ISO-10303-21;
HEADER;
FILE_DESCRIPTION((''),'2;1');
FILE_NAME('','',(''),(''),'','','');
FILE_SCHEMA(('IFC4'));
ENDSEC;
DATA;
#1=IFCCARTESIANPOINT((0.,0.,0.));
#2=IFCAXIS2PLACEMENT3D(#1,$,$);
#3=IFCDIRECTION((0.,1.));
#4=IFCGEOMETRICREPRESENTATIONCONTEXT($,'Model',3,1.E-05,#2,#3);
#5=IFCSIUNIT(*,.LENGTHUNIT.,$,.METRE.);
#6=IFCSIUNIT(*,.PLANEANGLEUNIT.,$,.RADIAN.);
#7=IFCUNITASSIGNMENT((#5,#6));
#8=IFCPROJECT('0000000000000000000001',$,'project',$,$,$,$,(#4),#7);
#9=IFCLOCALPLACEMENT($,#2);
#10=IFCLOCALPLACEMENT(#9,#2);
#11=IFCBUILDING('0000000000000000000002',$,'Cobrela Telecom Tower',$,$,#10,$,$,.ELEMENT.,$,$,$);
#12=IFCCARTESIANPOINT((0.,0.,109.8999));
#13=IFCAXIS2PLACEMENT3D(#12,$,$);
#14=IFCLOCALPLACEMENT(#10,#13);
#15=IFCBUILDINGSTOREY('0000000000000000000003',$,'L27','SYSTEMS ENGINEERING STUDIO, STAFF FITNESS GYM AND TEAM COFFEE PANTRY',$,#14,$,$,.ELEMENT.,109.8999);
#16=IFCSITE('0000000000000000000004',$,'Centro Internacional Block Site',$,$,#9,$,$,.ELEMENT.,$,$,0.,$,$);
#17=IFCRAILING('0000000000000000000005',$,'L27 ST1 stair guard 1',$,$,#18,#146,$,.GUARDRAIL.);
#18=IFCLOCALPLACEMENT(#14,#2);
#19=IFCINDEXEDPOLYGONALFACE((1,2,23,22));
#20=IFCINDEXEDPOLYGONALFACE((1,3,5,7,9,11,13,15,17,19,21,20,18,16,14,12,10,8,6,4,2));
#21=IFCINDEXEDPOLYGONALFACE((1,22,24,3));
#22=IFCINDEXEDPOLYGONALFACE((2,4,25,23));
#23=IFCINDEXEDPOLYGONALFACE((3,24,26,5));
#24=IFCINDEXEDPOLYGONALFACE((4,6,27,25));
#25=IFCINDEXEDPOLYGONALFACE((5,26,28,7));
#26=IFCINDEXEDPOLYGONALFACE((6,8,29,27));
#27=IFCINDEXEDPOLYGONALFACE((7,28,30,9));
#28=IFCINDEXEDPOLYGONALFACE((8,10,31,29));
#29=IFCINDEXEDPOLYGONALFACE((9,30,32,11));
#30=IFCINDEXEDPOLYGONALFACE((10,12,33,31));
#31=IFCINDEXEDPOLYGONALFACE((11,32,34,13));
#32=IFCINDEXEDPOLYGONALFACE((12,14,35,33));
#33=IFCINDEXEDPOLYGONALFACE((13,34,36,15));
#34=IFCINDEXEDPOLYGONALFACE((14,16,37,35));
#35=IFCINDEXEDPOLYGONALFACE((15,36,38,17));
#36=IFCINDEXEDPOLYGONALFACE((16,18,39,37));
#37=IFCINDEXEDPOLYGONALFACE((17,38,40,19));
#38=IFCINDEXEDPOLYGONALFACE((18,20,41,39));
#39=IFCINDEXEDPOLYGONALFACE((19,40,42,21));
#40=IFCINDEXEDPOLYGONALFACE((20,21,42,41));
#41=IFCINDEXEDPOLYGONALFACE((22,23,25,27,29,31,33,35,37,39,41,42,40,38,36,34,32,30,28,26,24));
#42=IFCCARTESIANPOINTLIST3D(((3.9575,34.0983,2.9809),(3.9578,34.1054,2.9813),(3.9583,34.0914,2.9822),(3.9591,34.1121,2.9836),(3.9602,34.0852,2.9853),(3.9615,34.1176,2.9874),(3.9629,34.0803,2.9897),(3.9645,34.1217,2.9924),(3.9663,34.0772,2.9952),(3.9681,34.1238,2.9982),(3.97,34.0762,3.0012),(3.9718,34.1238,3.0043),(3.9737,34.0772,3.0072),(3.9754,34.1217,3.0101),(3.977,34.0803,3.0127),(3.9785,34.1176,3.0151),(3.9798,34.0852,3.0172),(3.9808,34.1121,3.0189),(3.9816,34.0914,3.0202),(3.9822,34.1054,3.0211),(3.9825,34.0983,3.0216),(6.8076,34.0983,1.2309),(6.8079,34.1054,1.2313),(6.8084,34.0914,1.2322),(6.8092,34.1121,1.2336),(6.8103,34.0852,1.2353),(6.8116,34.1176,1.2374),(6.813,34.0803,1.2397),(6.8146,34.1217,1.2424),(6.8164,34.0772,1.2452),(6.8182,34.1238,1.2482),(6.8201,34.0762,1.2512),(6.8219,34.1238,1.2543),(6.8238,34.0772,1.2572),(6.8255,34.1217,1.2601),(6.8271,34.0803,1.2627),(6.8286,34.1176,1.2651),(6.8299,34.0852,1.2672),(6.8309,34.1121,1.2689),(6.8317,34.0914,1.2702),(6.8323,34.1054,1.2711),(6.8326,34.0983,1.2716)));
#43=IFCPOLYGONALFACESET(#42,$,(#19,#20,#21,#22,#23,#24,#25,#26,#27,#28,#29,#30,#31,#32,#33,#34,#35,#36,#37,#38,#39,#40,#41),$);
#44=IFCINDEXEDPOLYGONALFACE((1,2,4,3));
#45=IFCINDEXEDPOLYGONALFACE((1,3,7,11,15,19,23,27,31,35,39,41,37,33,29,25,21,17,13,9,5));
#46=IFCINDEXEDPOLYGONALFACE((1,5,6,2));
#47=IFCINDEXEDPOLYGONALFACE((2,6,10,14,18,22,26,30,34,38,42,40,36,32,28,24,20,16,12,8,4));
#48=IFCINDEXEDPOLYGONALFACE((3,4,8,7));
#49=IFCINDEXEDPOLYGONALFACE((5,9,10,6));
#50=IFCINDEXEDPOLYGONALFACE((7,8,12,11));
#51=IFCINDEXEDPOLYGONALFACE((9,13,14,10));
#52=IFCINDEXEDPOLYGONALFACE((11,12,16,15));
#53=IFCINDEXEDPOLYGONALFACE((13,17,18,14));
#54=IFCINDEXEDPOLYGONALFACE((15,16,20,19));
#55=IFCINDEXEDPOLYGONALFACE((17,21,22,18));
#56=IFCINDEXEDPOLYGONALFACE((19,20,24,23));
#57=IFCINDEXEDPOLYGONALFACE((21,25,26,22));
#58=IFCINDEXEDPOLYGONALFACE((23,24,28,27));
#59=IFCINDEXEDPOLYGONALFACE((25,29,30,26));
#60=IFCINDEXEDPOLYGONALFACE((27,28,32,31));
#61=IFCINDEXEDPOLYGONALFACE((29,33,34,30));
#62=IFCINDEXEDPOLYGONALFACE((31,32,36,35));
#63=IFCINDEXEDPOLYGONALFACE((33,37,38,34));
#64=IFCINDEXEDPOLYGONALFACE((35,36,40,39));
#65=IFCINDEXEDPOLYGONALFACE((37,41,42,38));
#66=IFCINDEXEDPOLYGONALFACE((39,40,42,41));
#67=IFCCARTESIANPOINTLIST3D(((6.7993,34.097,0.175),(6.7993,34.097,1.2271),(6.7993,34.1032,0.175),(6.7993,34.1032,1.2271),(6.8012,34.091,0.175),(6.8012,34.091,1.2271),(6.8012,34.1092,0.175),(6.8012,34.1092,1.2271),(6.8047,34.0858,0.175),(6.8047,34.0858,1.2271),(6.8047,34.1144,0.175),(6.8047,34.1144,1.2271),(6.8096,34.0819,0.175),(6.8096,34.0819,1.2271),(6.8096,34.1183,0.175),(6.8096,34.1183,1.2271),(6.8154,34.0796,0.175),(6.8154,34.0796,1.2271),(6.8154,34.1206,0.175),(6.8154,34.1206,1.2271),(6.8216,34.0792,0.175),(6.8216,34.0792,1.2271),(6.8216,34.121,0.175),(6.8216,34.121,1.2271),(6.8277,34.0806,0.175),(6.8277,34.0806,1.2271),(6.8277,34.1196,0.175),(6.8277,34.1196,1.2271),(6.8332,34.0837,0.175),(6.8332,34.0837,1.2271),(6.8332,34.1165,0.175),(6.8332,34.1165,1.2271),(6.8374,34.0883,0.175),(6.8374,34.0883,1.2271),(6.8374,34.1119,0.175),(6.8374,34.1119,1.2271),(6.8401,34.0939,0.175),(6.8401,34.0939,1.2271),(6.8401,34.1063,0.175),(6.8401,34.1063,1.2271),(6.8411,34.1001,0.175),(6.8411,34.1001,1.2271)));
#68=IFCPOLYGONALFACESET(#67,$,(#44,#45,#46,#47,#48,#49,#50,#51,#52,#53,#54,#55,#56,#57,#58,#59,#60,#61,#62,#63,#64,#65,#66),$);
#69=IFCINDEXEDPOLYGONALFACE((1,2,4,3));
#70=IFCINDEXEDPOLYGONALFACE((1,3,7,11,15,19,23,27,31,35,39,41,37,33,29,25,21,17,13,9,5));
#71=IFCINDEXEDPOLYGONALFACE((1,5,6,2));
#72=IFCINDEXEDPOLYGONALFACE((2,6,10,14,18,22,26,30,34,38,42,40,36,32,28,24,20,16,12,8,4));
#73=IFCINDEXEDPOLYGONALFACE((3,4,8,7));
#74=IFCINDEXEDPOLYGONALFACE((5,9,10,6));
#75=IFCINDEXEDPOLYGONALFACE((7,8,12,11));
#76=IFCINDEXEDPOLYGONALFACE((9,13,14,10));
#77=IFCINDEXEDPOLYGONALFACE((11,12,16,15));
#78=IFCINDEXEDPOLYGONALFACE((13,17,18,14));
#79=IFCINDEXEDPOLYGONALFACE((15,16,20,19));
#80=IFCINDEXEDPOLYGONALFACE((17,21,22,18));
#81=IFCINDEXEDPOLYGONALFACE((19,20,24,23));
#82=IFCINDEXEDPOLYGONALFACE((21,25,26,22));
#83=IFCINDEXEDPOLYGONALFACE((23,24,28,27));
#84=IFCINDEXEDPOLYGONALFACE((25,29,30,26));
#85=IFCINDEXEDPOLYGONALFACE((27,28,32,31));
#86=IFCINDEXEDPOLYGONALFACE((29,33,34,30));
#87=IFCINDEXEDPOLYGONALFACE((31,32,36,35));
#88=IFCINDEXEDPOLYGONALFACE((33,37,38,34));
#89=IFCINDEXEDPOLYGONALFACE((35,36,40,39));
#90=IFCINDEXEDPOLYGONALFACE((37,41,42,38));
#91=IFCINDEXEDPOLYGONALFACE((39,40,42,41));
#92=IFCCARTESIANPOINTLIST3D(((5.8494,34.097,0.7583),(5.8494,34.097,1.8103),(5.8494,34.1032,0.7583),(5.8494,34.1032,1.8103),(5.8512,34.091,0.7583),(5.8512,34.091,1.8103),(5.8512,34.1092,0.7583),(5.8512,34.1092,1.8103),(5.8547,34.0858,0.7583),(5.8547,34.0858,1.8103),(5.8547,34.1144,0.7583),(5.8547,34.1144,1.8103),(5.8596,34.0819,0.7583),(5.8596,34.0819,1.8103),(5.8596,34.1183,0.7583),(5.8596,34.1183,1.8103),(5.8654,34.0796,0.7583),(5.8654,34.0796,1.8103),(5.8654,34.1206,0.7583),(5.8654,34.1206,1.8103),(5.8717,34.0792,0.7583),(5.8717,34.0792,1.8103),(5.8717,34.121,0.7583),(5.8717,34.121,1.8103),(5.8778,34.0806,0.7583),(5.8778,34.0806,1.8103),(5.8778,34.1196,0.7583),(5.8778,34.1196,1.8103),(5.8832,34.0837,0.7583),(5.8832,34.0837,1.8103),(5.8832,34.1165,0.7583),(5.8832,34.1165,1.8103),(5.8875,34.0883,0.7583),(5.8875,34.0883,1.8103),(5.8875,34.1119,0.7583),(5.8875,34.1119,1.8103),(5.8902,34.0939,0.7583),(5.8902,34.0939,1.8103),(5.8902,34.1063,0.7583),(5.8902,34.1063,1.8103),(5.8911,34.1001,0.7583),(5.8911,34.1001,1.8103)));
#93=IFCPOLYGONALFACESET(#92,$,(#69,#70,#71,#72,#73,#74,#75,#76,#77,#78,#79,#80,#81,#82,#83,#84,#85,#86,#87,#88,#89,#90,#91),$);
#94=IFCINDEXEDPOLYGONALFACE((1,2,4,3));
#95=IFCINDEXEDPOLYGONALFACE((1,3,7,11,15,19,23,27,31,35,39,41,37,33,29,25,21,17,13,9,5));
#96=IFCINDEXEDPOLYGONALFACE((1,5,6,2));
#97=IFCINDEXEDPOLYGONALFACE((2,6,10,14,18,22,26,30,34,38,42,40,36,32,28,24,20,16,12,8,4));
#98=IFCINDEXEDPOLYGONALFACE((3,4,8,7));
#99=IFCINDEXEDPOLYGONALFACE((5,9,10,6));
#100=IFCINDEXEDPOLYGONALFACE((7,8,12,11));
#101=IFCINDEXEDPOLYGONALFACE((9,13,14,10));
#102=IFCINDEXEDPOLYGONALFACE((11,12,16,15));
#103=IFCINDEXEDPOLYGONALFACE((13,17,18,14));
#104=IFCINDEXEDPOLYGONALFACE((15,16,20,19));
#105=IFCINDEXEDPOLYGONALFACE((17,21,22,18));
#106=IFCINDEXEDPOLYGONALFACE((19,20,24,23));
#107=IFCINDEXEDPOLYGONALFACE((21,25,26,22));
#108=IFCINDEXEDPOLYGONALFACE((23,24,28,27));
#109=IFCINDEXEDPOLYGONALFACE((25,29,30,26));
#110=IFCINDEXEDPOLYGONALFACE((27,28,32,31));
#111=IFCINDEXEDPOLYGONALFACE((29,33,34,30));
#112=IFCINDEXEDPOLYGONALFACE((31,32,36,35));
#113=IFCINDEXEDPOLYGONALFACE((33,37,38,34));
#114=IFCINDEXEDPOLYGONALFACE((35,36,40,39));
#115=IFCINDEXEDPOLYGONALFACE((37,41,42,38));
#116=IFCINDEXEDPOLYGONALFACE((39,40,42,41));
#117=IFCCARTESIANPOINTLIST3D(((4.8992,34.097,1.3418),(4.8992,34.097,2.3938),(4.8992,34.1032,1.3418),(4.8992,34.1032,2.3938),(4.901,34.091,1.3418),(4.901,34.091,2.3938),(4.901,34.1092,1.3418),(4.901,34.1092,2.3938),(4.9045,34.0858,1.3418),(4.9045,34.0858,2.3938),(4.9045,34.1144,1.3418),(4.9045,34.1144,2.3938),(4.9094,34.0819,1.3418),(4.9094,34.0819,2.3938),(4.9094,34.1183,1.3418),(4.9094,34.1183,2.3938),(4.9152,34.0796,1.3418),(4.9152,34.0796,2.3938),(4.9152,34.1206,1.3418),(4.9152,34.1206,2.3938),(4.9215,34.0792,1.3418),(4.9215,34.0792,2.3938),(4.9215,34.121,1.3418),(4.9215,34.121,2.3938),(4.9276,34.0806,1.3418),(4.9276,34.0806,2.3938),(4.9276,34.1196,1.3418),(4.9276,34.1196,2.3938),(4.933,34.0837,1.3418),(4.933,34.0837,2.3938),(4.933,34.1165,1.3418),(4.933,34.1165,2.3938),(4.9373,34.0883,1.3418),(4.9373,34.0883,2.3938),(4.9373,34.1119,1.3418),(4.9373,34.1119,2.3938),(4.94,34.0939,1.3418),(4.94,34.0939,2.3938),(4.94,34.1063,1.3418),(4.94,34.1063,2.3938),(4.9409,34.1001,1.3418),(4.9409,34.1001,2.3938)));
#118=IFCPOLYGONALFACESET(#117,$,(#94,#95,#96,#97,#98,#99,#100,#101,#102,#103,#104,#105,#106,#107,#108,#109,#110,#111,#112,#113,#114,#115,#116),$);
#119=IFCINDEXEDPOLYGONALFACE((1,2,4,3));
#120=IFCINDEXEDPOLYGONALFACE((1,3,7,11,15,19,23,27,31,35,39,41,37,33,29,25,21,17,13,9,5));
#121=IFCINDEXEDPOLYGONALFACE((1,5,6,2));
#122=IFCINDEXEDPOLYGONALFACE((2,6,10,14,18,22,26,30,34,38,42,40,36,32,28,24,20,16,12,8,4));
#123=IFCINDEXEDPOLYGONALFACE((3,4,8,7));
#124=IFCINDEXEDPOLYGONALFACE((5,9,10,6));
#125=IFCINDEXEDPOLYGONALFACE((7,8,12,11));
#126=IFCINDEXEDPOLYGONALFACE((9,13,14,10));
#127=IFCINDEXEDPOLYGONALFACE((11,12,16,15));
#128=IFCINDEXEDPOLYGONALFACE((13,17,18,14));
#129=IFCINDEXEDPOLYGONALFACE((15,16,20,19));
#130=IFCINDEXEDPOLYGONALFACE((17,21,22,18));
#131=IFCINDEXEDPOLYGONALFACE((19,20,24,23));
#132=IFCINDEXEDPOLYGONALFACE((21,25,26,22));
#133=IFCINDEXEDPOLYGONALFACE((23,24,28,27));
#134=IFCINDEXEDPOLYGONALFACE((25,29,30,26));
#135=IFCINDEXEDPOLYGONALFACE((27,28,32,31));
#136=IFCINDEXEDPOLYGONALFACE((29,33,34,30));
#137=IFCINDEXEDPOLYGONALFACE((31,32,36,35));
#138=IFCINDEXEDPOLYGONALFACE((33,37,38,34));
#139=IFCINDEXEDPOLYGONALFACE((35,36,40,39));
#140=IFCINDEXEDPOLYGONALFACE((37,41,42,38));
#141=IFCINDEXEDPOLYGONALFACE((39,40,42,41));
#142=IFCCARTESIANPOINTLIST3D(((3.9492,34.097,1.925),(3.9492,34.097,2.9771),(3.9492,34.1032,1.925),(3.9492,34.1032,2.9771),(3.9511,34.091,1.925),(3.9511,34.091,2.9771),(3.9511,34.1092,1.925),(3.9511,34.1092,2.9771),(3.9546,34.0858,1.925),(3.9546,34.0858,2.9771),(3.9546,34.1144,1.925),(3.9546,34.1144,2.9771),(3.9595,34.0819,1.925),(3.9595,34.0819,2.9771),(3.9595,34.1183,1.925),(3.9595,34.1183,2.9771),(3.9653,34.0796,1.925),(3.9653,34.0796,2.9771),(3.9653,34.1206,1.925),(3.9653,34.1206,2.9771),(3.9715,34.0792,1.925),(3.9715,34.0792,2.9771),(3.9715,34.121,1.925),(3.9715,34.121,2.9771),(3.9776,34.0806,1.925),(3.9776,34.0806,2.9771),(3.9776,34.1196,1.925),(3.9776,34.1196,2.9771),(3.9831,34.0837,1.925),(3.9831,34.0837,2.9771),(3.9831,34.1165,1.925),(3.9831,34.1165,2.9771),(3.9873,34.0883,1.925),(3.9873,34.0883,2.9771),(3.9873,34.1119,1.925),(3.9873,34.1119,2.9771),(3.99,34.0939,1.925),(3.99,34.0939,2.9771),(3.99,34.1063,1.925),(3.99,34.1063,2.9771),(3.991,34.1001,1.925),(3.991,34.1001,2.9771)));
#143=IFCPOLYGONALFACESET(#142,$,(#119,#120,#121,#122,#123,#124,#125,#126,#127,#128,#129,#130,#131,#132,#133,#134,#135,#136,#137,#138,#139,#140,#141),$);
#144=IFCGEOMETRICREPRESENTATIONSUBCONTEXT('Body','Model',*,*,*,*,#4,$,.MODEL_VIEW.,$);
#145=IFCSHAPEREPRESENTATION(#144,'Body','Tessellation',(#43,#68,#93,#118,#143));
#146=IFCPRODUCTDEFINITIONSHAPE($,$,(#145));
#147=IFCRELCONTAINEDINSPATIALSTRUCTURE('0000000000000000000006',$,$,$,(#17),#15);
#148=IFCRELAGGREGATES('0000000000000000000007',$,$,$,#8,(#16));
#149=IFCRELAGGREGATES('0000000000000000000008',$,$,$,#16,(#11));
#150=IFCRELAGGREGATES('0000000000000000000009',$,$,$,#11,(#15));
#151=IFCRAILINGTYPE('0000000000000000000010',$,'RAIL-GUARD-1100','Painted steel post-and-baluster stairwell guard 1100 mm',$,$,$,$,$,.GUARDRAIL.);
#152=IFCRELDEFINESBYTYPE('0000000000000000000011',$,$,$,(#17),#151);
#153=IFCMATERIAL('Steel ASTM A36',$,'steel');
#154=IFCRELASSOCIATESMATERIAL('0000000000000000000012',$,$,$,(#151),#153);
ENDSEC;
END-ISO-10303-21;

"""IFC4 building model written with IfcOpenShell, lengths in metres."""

from ifc_helpers import new_model, si_unit, direction, frame, origin, origin_2d, place, context, subcontext, project, spatial, circle, extrude, material, type_object, element, save


model = new_model("IFC4")

# Units and contexts
model_context = context("Model", 3, precision=1e-05, world=origin(), true_north=direction((0.0, 1.0)))
body_context = subcontext(model_context, "Body", "Model", "MODEL_VIEW")
ifc_project = project(units=[si_unit("LENGTHUNIT", "METRE"), si_unit("PLANEANGLEUNIT", "RADIAN")], contexts=[model_context])

# Site, building, storey
site_placement = place(None, origin())
site = spatial("IfcSite", under=ifc_project, at=site_placement, Name="Centro Internacional Block Site", CompositionType="ELEMENT", RefElevation=0.0)
building_placement = place(site_placement, origin())
building = spatial("IfcBuilding", under=site, at=building_placement, Name="Cobrela Telecom Tower", CompositionType="ELEMENT")
storey_placement = place(building_placement, frame((0.0, 0.0, 109.8999)))
storey = spatial("IfcBuildingStorey", under=building, at=storey_placement, Name="L27", Description="SYSTEMS ENGINEERING STUDIO, STAFF FITNESS GYM AND TEAM COFFEE PANTRY", CompositionType="ELEMENT", Elevation=109.8999)

# Shared definitions
ifc_material_1 = material(Name="Steel ASTM A36", Category="steel")

# Railing
railing_type_1 = type_object("IfcRailingType", Name="RAIL-GUARD-1100", Description="Painted steel post-and-baluster stairwell guard 1100 mm", PredefinedType="GUARDRAIL", material=ifc_material_1)
railing_1_placement = place(storey_placement, frame((6.8201, 34.1001, 0.175)))
element("IfcRailing", 1, at=railing_1_placement, inside=storey, type_object=railing_type_1, Name="L27 ST1 stair guard 1", PredefinedType="GUARDRAIL", context=body_context, shape_type="SweptSolid", body=[
    extrude(circle(Radius=0.0239, at=origin_2d()), frame((0.0, 0.0, 1.0762), z_axis=(-0.852179, 0.0, 0.52325), x_axis=(0.0, -1.0, 0.0)), (0.0, 0.0, 1.0), 3.3445),
    extrude(circle(Radius=0.021, at=origin_2d()), origin(), (0.0, 0.0, 1.0), 1.052),
    extrude(circle(Radius=0.021, at=origin_2d()), frame((-0.95, 0.0, 0.5833)), (0.0, 0.0, 1.0), 1.052),
    extrude(circle(Radius=0.021, at=origin_2d()), frame((-1.9001, 0.0, 1.1667)), (0.0, 0.0, 1.0), 1.052),
    extrude(circle(Radius=0.021, at=origin_2d()), frame((-2.8501, 0.0, 1.75)), (0.0, 0.0, 1.0), 1.052),
])

save(model, "model.ifc")
